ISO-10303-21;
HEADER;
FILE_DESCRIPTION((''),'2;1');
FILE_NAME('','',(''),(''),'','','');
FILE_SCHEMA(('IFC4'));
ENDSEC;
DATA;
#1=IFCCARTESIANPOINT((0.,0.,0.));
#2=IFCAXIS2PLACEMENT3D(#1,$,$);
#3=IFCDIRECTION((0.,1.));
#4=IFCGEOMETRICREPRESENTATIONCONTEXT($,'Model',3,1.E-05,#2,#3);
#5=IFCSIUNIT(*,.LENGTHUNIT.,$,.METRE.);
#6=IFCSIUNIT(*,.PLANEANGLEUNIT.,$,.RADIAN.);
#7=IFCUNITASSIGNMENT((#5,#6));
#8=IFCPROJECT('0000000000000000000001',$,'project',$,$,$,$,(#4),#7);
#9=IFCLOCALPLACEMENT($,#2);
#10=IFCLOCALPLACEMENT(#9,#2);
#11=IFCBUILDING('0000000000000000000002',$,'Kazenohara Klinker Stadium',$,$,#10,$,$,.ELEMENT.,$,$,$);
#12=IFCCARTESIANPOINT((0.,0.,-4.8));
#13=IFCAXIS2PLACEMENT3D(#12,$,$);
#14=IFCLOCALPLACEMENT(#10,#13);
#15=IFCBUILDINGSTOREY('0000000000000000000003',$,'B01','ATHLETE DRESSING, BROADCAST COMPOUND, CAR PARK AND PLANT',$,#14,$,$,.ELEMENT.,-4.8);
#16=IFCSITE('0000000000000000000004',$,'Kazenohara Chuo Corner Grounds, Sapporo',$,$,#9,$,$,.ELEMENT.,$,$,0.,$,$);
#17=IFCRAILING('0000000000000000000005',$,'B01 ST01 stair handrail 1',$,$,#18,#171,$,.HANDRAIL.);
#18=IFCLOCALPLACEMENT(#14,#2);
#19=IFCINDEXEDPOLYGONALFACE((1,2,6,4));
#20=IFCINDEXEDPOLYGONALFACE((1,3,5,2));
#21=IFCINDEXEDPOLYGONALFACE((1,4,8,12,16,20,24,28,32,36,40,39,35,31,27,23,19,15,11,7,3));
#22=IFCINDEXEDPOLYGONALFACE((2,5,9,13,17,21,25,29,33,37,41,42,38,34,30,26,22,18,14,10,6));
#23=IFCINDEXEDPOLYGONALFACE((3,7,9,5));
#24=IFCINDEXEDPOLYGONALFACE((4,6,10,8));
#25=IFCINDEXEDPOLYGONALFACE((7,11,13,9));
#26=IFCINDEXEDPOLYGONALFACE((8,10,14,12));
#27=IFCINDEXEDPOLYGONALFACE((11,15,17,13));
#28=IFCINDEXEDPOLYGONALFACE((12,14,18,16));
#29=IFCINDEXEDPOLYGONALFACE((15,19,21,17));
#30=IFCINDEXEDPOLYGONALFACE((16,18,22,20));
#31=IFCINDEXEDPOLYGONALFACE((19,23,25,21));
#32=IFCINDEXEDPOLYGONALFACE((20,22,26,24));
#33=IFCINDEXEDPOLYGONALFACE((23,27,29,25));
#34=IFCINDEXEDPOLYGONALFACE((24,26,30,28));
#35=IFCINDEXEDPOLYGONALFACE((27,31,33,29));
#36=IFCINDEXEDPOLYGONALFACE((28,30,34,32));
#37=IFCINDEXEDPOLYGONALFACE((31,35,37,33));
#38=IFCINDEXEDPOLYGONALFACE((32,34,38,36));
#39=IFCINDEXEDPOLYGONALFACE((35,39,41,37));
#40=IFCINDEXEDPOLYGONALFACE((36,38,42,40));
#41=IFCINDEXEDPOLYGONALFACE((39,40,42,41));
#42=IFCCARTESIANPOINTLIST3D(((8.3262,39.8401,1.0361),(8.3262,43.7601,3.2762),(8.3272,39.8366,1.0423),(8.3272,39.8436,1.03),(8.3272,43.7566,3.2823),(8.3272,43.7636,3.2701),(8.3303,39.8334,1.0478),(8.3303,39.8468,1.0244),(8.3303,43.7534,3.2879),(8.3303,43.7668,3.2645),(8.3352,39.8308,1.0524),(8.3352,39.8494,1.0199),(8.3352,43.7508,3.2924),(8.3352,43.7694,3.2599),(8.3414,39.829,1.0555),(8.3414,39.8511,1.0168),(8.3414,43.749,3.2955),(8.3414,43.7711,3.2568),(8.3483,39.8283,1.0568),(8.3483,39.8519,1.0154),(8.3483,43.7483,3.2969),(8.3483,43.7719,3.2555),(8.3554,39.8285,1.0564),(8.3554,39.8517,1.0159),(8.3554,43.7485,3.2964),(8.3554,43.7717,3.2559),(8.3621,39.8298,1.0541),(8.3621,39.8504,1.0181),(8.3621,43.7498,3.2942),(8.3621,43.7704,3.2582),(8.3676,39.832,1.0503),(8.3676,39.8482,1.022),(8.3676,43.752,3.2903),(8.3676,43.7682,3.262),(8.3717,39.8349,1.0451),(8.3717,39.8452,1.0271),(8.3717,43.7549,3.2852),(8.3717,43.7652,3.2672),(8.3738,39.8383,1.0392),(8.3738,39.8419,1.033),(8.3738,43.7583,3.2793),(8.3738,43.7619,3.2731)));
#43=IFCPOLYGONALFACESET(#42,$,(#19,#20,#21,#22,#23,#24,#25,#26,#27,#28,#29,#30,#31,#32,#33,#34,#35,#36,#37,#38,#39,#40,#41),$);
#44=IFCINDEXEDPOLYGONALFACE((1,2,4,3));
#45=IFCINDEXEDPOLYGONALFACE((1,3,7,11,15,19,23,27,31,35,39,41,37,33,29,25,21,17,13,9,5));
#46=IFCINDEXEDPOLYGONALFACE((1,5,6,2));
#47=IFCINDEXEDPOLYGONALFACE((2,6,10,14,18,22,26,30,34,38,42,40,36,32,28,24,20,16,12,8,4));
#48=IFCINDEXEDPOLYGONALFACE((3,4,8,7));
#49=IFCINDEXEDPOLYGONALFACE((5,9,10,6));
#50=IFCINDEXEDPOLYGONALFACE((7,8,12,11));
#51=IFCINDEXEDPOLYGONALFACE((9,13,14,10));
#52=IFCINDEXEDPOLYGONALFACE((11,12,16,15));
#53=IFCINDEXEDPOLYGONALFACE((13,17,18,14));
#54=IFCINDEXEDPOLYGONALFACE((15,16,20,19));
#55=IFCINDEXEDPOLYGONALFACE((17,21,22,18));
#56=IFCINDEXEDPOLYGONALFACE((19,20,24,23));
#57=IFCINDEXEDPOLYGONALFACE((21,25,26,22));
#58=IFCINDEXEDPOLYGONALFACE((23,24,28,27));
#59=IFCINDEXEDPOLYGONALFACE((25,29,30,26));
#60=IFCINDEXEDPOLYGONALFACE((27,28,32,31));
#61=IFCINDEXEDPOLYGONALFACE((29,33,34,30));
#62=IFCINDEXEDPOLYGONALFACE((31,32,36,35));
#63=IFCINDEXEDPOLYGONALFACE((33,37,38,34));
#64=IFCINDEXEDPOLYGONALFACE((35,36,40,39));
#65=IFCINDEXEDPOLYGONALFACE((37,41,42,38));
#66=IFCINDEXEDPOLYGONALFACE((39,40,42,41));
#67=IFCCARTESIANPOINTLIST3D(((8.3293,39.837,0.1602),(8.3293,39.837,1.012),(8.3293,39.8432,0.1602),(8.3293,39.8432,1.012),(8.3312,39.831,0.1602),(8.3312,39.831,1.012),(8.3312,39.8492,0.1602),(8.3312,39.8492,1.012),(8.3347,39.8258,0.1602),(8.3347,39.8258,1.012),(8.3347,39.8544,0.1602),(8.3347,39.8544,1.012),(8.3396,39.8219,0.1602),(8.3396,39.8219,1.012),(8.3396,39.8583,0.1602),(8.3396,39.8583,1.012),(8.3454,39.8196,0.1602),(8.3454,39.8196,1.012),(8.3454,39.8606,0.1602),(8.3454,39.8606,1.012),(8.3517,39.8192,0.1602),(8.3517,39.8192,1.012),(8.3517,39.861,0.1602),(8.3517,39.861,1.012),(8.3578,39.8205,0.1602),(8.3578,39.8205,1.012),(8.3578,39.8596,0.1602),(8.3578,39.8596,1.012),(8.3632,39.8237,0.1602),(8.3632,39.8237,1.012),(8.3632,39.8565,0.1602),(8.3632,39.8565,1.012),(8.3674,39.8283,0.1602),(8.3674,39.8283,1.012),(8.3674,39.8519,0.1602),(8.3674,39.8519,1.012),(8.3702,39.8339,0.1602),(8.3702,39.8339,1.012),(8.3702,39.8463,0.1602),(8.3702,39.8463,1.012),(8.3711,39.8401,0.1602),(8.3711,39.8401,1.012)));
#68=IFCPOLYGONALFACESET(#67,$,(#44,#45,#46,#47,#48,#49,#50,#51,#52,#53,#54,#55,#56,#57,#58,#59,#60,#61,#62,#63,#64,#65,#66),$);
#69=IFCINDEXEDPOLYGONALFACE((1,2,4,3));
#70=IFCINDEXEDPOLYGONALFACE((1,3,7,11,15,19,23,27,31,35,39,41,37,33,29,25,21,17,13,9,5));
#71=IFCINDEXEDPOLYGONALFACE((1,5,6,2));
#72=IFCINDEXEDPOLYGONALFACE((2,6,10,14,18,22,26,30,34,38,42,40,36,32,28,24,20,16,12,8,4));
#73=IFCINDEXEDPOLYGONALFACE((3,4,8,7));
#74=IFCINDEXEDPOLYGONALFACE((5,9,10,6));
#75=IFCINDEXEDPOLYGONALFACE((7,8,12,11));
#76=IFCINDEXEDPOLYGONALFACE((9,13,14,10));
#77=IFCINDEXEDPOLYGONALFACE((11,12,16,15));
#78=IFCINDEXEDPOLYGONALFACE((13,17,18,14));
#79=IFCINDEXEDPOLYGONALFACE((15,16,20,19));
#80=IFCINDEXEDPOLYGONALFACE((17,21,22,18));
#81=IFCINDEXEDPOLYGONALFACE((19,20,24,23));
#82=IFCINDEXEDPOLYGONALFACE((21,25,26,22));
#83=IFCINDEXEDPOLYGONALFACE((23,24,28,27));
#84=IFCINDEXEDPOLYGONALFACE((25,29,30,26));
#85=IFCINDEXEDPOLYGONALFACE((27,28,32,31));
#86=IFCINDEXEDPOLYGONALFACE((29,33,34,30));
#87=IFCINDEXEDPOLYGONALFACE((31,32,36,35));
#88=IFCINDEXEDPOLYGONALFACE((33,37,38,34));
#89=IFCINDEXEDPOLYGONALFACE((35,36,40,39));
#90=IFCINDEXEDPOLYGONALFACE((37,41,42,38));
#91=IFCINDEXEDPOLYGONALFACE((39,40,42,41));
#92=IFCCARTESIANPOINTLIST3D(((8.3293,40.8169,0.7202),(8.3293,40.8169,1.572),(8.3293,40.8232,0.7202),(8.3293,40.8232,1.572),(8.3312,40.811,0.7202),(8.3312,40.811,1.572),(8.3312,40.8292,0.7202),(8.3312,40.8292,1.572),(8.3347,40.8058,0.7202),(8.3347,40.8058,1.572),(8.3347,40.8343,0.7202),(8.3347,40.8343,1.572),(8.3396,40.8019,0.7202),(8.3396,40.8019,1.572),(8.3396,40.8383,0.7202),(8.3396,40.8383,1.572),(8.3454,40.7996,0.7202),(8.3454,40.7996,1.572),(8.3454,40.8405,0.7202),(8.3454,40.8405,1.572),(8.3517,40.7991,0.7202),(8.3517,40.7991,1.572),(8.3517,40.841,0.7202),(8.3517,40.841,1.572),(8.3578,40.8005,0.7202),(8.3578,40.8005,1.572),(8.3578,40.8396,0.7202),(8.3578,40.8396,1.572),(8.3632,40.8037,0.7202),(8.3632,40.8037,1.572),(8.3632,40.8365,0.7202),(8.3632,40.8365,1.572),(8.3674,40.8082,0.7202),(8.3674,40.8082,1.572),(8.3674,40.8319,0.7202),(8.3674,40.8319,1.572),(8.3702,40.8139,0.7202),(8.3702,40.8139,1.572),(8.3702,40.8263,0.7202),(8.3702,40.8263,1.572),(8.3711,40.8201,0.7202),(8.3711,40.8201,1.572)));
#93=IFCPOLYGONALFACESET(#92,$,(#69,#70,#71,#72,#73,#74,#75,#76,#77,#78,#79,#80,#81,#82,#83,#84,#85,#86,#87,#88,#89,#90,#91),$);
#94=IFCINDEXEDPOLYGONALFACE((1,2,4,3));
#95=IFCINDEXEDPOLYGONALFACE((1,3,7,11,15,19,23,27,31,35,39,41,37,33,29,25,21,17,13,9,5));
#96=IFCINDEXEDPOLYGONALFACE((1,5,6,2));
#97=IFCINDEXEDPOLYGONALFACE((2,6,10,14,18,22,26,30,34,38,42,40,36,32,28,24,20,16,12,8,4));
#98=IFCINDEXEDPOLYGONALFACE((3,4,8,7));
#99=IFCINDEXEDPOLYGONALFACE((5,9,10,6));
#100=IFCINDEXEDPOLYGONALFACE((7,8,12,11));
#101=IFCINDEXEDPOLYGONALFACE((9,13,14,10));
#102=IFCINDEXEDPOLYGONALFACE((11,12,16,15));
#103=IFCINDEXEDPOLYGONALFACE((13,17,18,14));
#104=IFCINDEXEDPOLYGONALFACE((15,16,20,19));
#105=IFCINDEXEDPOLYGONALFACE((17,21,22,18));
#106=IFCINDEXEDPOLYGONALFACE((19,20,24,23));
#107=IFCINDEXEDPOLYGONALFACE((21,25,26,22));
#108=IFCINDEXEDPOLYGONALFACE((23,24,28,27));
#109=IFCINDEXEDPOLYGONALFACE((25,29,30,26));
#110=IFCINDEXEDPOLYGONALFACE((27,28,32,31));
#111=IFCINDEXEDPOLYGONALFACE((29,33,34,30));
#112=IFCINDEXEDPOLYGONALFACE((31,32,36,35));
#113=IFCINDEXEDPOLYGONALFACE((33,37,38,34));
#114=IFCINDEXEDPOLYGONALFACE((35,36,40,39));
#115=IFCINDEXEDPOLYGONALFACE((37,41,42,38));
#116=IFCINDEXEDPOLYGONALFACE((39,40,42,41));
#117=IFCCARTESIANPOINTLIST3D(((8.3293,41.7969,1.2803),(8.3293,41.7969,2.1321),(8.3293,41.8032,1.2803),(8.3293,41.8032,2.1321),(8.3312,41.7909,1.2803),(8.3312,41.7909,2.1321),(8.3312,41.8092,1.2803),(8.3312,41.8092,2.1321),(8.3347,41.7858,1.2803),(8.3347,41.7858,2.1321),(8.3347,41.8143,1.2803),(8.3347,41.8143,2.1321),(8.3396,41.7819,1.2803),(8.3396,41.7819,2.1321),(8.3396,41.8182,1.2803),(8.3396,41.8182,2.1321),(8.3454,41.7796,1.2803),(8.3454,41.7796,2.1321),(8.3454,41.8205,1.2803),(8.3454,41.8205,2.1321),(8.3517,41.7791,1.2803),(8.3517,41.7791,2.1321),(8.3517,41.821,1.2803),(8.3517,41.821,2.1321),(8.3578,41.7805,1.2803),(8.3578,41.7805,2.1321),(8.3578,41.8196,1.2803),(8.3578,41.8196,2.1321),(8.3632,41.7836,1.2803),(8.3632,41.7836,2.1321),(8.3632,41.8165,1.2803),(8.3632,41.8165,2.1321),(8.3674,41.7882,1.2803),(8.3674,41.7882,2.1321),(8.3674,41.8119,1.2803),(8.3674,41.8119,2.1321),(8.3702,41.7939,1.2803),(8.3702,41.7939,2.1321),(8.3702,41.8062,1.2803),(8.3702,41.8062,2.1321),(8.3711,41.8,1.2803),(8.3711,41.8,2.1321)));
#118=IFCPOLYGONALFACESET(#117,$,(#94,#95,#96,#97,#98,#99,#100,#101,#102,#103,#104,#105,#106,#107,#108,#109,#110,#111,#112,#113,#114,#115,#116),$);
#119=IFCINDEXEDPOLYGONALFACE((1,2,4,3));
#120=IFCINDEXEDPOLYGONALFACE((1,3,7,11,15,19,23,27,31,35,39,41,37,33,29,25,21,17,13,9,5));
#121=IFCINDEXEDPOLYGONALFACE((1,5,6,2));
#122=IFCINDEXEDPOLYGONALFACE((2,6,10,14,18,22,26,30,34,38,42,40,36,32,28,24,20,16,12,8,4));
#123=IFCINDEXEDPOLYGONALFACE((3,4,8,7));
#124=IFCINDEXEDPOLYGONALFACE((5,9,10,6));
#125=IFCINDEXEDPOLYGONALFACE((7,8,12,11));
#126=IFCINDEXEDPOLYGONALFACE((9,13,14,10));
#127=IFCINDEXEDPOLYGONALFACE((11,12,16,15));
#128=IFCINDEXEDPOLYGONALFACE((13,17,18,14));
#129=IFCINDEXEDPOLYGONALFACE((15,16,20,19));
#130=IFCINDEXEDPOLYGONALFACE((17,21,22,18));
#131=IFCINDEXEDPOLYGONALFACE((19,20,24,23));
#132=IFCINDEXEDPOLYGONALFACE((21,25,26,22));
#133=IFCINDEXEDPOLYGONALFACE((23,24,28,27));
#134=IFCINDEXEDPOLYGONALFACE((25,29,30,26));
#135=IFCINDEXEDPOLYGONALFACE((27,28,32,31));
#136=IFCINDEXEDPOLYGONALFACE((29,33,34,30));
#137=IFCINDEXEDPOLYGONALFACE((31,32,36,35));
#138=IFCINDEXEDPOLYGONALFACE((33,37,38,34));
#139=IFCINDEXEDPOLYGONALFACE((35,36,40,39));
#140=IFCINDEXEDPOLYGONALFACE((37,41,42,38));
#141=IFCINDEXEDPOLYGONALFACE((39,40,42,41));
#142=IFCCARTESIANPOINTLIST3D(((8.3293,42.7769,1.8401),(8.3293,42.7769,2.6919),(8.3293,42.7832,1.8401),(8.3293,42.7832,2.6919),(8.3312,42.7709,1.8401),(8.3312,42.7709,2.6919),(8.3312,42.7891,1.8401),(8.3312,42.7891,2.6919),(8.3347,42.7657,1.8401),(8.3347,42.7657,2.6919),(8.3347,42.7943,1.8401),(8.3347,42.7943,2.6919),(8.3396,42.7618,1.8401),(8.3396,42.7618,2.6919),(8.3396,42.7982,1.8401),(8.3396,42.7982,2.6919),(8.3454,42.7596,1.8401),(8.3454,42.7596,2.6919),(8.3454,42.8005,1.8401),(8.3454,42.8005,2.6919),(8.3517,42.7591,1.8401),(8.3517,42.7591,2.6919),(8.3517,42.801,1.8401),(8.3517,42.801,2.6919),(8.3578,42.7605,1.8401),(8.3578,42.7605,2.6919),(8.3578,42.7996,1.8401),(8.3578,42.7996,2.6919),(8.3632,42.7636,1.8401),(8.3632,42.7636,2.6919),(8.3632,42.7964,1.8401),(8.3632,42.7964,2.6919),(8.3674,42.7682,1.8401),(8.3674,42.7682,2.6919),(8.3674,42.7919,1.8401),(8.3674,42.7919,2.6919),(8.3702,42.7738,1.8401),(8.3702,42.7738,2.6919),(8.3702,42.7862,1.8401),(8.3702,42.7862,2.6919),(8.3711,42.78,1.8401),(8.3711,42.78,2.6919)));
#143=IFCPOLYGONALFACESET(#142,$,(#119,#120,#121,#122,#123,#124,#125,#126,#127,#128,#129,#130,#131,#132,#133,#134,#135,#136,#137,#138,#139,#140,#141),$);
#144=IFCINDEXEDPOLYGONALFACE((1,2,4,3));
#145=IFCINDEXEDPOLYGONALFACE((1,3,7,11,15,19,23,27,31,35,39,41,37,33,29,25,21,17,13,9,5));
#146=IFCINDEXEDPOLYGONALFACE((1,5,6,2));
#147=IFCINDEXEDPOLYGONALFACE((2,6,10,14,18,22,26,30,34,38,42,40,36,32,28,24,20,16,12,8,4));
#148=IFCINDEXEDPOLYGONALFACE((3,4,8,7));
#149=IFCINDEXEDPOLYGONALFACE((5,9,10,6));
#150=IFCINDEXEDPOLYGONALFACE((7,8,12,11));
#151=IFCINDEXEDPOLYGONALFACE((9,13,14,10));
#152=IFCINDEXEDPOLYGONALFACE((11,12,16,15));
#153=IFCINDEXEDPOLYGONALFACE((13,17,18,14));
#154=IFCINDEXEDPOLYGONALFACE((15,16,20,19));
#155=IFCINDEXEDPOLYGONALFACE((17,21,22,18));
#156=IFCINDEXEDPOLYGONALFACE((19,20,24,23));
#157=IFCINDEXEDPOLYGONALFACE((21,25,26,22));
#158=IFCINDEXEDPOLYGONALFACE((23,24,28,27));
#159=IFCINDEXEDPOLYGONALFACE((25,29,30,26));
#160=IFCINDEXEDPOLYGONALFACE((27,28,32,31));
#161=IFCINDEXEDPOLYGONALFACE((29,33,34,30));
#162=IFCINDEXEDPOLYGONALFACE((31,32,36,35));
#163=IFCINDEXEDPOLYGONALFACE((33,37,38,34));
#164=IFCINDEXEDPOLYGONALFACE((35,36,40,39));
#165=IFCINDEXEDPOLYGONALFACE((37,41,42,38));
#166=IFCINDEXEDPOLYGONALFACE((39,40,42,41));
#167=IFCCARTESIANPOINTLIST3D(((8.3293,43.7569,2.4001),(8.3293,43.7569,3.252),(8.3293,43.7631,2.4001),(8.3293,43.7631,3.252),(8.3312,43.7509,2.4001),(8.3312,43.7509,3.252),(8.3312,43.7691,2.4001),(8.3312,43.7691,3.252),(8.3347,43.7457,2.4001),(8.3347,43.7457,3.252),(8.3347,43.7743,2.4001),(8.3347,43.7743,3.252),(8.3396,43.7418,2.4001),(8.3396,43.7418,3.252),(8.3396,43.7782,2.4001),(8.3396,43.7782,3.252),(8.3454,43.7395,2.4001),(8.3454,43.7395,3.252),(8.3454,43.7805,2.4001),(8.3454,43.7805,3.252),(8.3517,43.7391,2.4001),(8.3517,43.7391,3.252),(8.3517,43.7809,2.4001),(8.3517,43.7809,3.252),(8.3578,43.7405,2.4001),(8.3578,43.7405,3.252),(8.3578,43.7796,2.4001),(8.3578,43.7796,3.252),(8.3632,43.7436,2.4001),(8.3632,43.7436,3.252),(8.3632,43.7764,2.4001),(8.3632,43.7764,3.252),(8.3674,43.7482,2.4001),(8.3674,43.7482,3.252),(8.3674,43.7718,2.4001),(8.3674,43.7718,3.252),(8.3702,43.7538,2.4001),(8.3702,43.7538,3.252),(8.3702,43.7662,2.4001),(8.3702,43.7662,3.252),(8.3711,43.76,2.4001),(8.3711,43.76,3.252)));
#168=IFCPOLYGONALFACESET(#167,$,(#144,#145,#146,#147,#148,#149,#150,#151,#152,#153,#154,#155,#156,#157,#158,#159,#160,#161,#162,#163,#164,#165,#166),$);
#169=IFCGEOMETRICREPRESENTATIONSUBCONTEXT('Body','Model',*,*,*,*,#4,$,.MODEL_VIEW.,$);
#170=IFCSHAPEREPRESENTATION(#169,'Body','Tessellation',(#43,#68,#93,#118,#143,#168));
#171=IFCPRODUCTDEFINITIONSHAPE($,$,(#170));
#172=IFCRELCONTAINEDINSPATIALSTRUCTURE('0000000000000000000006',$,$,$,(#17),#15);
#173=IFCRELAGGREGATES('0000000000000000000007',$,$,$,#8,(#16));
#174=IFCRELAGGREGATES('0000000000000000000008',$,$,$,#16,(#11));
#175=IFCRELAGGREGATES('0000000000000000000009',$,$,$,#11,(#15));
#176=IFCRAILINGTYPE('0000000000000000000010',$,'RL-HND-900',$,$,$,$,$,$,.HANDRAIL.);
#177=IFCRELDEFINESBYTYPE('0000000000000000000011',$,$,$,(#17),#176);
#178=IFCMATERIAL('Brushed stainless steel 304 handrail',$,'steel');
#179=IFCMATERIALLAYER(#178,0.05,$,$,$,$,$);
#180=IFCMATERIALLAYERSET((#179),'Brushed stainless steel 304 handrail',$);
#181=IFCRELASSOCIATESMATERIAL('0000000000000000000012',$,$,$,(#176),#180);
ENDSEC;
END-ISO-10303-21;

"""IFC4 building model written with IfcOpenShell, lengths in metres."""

from ifc_helpers import new_model, si_unit, direction, frame, origin, origin_2d, place, context, subcontext, project, spatial, circle, extrude, material, layer, layer_set, type_object, element, save


model = new_model("IFC4")

# Units and contexts
model_context = context("Model", 3, precision=1e-05, world=origin(), true_north=direction((0.0, 1.0)))
body_context = subcontext(model_context, "Body", "Model", "MODEL_VIEW")
ifc_project = project(units=[si_unit("LENGTHUNIT", "METRE"), si_unit("PLANEANGLEUNIT", "RADIAN")], contexts=[model_context])

# Site, building, storey
site_placement = place(None, origin())
site = spatial("IfcSite", under=ifc_project, at=site_placement, Name="Kazenohara Chuo Corner Grounds, Sapporo", CompositionType="ELEMENT", RefElevation=0.0)
building_placement = place(site_placement, origin())
building = spatial("IfcBuilding", under=site, at=building_placement, Name="Kazenohara Klinker Stadium", CompositionType="ELEMENT")
storey_placement = place(building_placement, frame((0.0, 0.0, -4.8)))
storey = spatial("IfcBuildingStorey", under=building, at=storey_placement, Name="B01", Description="ATHLETE DRESSING, BROADCAST COMPOUND, CAR PARK AND PLANT", CompositionType="ELEMENT", Elevation=-4.8)

# Railing
ifc_material_1 = material(Name="Brushed stainless steel 304 handrail", Category="steel")
ifc_layer_1 = layer(ifc_material_1, 0.05)
ifc_layer_set_1 = layer_set([ifc_layer_1], Name="Brushed stainless steel 304 handrail")
railing_type_1 = type_object("IfcRailingType", Name="RL-HND-900", PredefinedType="HANDRAIL", material=ifc_layer_set_1)
railing_1_placement = place(storey_placement, frame((8.3501, 39.8401, 0.1602)))
element("IfcRailing", 1, at=railing_1_placement, inside=storey, type_object=railing_type_1, Name="B01 ST01 stair handrail 1", PredefinedType="HANDRAIL", context=body_context, shape_type="SweptSolid", body=[
    extrude(circle(Radius=0.0239, at=origin_2d()), frame((0.0, 0.0, 0.876), z_axis=(0.0, 0.86824, 0.496145), x_axis=(-1.0, 0.0, 0.0)), (0.0, 0.0, 1.0), 4.5149),
    extrude(circle(Radius=0.021, at=origin_2d()), origin(), (0.0, 0.0, 1.0), 0.8518),
    extrude(circle(Radius=0.021, at=origin_2d()), frame((0.0, 0.98, 0.5601)), (0.0, 0.0, 1.0), 0.8518),
    extrude(circle(Radius=0.021, at=origin_2d()), frame((0.0, 1.96, 1.1201)), (0.0, 0.0, 1.0), 0.8518),
    extrude(circle(Radius=0.021, at=origin_2d()), frame((0.0, 2.9399, 1.6799)), (0.0, 0.0, 1.0), 0.8518),
    extrude(circle(Radius=0.021, at=origin_2d()), frame((0.0, 3.9199, 2.24)), (0.0, 0.0, 1.0), 0.8518),
])

save(model, "model.ifc")
